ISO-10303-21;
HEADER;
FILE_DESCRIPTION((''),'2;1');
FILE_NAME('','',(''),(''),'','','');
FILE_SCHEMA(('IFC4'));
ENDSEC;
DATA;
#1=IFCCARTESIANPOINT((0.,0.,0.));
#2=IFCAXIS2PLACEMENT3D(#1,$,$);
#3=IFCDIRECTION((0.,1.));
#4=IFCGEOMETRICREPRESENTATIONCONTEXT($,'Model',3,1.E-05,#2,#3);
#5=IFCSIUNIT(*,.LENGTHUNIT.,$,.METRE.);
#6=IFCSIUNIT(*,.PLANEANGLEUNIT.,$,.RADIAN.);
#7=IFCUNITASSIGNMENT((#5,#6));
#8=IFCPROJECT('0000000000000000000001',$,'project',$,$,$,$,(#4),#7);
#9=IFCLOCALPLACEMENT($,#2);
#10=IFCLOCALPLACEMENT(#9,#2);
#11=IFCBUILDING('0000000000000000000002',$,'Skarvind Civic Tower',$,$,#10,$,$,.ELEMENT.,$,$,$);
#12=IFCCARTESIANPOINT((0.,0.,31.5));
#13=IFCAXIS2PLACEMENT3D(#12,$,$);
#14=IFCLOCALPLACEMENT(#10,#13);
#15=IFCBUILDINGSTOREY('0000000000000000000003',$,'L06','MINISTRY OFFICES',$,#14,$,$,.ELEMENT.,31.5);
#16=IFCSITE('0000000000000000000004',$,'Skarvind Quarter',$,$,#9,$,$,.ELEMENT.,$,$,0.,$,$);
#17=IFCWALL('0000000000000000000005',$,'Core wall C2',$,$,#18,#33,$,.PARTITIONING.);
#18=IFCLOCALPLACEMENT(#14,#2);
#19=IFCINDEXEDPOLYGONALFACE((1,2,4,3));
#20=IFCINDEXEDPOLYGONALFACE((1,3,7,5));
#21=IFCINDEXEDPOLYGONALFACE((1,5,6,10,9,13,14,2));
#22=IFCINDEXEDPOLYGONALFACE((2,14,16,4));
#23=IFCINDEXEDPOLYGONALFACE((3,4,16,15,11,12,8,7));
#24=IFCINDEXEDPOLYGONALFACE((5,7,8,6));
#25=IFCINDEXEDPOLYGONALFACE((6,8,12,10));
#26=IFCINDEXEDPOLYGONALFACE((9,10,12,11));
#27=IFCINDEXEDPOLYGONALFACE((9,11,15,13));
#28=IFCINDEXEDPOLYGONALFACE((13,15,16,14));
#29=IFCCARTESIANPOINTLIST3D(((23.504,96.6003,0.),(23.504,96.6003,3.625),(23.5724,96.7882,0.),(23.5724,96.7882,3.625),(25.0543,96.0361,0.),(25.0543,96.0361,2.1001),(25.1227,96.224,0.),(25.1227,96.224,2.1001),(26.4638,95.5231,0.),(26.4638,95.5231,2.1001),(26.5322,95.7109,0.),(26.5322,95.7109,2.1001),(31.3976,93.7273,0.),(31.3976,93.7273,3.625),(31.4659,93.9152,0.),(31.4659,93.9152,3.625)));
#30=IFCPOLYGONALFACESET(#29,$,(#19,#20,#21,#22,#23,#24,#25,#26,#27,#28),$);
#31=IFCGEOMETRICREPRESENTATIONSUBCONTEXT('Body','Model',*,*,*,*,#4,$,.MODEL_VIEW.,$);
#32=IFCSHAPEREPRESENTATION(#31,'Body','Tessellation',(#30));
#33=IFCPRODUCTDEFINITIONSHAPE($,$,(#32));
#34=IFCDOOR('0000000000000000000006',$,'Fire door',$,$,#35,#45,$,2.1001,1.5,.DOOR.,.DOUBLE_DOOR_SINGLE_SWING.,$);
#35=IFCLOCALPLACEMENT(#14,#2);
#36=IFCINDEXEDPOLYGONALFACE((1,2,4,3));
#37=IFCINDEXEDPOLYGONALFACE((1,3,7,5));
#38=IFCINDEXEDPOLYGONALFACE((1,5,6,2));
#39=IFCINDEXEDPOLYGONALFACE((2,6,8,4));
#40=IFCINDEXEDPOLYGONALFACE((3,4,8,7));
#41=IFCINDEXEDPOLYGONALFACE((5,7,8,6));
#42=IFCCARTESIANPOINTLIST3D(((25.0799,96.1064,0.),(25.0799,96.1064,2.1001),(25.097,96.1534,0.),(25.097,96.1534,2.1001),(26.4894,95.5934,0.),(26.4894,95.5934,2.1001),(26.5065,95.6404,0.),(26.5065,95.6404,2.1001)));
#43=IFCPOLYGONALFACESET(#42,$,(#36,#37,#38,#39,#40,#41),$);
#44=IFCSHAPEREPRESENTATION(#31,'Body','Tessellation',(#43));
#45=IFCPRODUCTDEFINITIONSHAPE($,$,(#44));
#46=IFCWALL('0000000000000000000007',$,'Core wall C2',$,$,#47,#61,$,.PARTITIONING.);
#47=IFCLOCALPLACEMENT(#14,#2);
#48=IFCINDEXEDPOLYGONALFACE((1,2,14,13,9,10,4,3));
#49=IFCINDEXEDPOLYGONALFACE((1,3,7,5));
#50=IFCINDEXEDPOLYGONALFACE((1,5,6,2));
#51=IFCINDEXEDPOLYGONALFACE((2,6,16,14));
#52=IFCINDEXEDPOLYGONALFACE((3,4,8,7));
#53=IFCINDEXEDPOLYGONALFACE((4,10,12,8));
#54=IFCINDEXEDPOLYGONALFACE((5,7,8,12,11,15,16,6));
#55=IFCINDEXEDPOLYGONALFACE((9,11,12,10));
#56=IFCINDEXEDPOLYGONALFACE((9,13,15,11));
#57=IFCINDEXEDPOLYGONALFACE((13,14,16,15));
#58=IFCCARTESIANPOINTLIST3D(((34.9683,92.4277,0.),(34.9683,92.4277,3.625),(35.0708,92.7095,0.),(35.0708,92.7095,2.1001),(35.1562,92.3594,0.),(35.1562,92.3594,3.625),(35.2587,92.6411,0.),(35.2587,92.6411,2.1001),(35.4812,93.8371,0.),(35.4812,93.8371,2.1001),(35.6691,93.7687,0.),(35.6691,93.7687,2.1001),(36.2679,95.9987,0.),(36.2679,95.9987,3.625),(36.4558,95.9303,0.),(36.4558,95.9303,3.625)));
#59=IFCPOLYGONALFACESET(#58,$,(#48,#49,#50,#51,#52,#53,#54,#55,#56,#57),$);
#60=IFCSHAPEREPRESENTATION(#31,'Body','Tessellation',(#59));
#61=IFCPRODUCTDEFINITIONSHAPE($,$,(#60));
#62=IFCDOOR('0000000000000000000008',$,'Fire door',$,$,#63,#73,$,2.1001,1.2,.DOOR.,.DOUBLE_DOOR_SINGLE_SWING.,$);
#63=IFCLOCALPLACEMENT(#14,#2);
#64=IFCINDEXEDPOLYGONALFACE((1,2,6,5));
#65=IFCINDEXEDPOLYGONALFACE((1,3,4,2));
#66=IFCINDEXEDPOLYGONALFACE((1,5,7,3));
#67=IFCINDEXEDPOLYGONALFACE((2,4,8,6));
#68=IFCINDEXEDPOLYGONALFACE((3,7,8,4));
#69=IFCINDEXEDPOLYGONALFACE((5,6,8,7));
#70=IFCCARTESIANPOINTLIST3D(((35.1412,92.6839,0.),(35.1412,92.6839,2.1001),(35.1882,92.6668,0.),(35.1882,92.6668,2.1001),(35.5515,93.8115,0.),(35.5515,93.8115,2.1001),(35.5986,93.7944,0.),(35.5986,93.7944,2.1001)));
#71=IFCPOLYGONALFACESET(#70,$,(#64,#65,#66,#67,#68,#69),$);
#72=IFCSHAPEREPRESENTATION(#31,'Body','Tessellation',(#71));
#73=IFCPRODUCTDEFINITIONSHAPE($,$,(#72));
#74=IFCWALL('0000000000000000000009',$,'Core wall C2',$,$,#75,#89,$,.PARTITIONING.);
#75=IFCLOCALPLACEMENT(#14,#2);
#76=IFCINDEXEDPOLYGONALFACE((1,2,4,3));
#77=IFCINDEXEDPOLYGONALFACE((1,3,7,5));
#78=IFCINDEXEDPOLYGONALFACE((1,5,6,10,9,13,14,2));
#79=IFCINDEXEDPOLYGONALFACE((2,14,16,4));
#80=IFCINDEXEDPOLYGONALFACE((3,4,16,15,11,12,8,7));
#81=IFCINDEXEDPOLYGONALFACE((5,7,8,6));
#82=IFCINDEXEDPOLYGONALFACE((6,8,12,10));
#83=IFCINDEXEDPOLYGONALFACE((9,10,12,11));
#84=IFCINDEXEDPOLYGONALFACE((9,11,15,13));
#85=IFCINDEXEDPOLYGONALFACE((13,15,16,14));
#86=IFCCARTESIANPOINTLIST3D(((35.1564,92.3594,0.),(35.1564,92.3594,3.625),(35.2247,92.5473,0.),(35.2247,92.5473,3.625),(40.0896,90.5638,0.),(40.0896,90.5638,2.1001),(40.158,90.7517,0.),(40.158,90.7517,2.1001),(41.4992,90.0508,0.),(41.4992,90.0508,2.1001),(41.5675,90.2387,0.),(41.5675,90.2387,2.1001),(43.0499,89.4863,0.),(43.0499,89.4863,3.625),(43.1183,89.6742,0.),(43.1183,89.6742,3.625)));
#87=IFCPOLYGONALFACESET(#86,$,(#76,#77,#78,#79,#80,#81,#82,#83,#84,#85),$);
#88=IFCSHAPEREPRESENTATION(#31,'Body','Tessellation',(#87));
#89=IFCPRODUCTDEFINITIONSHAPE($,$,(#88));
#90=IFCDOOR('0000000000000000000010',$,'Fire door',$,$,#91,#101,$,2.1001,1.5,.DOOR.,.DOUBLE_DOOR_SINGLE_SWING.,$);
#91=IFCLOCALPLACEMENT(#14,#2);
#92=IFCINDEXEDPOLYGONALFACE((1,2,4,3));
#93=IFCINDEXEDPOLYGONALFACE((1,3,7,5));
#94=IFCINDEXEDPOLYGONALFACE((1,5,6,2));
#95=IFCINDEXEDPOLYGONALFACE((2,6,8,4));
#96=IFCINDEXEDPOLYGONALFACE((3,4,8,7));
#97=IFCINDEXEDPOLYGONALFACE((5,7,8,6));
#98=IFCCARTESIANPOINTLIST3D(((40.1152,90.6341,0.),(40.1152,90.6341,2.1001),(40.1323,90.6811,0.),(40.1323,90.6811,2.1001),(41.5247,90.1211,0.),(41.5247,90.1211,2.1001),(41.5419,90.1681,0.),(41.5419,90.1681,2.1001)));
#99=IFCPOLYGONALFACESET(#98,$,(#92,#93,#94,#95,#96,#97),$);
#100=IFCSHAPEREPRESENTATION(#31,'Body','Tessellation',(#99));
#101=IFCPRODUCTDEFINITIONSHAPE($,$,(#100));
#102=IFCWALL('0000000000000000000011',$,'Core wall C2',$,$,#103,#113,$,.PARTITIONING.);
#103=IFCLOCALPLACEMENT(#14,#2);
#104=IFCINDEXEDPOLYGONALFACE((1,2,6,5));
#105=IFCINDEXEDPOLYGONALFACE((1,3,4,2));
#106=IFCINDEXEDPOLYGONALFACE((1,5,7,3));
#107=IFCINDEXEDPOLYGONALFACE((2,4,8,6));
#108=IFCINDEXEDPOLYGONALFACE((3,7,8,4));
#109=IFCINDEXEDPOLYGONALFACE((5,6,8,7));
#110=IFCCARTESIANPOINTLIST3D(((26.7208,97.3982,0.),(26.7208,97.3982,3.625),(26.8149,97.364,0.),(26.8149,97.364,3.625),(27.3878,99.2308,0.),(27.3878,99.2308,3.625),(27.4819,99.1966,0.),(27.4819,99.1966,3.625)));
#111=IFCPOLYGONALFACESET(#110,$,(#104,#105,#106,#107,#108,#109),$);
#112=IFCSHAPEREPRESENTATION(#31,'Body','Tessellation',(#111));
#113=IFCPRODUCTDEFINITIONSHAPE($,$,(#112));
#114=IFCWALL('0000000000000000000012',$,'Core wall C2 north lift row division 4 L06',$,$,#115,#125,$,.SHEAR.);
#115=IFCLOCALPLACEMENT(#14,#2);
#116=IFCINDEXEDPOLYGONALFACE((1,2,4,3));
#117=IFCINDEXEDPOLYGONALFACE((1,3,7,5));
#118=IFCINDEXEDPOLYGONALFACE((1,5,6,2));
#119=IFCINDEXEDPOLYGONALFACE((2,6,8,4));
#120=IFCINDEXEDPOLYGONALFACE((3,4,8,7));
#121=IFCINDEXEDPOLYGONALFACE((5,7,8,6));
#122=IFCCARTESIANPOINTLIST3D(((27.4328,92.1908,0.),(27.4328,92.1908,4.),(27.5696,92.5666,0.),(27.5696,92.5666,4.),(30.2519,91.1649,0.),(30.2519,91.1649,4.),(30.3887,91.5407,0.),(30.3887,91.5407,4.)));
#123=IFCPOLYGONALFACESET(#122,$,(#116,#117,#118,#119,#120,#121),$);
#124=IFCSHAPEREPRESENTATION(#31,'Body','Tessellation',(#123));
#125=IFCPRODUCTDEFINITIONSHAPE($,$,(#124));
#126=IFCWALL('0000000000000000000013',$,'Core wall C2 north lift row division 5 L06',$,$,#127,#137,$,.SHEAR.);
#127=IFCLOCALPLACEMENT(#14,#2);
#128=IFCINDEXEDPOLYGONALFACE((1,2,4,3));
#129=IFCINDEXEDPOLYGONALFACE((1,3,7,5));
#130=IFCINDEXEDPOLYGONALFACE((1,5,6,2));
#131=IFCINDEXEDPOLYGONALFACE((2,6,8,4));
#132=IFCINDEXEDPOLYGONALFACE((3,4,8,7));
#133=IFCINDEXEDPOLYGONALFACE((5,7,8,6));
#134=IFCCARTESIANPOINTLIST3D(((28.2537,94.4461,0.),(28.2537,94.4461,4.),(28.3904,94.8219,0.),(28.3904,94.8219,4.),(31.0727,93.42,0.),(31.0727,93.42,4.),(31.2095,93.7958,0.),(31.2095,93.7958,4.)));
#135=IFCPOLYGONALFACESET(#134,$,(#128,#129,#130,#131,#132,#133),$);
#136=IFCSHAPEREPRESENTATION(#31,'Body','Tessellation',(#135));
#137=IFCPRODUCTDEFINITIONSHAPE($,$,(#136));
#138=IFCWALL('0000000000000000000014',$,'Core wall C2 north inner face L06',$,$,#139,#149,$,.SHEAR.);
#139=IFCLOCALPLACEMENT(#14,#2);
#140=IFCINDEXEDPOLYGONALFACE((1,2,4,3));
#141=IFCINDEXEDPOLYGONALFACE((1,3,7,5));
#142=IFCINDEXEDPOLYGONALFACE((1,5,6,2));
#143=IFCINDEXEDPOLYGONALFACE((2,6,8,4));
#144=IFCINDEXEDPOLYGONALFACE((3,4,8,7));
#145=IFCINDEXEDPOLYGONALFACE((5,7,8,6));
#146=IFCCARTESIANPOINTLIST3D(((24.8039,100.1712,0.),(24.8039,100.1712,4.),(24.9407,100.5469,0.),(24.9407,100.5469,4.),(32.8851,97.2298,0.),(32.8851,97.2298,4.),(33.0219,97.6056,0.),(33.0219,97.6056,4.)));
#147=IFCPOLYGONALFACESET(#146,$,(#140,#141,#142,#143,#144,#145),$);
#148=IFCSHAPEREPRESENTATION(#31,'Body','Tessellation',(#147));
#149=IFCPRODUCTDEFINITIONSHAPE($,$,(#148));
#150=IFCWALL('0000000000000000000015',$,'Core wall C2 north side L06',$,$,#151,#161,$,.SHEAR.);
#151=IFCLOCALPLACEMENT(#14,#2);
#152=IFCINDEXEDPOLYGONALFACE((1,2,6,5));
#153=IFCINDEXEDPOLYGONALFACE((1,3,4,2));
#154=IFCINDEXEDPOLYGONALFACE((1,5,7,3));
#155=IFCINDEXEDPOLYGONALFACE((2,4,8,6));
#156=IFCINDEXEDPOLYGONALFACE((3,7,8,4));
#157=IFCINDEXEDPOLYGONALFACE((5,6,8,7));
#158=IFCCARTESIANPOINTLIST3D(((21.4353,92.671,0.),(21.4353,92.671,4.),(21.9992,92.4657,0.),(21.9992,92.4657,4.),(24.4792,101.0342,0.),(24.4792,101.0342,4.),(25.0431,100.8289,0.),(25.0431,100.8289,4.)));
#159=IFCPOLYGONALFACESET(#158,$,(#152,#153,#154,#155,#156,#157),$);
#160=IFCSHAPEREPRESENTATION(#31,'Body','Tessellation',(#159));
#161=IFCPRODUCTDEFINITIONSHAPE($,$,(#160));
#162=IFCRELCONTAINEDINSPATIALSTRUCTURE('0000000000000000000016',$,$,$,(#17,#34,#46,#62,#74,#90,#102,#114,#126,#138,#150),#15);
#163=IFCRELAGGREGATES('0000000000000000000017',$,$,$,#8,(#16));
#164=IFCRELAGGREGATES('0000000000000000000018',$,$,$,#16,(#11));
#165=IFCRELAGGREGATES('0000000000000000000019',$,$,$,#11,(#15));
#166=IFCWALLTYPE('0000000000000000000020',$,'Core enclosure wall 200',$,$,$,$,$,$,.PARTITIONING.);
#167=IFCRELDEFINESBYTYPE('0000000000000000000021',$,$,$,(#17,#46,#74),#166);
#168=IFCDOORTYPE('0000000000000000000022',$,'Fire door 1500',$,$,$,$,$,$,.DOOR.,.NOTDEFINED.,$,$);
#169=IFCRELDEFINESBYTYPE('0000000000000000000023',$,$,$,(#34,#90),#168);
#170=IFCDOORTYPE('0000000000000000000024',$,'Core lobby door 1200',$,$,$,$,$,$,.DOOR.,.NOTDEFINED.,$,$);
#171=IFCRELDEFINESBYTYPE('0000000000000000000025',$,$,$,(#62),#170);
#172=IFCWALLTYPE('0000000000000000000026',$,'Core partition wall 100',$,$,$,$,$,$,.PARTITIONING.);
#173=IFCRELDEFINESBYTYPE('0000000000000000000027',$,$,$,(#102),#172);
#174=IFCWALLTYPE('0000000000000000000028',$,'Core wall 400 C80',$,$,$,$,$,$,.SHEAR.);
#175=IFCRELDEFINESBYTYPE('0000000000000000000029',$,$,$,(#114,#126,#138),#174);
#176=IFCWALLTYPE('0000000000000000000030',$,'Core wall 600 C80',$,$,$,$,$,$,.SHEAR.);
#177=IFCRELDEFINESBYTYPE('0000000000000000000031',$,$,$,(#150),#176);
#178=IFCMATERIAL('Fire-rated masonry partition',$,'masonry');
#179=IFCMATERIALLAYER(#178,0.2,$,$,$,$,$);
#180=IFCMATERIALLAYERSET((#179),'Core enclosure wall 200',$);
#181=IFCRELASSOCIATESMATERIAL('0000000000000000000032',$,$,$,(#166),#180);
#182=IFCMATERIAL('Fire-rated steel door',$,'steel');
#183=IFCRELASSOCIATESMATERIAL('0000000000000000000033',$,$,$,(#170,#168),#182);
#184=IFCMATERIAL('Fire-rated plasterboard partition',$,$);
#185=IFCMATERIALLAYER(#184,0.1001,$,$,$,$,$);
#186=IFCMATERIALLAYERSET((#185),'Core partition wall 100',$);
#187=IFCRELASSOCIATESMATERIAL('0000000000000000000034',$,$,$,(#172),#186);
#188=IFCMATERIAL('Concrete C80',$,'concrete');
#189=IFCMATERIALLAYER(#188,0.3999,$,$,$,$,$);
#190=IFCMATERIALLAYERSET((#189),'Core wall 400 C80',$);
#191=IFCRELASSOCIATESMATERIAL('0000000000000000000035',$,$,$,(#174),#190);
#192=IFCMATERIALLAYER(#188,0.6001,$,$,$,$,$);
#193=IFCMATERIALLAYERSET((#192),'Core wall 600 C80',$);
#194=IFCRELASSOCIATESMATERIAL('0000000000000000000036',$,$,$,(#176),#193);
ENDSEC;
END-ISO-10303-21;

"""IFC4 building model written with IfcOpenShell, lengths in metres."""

from ifc_helpers import new_model, si_unit, direction, frame, frame_2d, origin, place, context, subcontext, project, spatial, rectangle, extrude, material, layer, layer_set, type_object, element, fill, save


model = new_model("IFC4")

# Units and contexts
model_context = context("Model", 3, precision=1e-05, world=origin(), true_north=direction((0.0, 1.0)))
body_context = subcontext(model_context, "Body", "Model", "MODEL_VIEW")
ifc_project = project(units=[si_unit("LENGTHUNIT", "METRE"), si_unit("PLANEANGLEUNIT", "RADIAN")], contexts=[model_context])

# Site, building, storey
site_placement = place(None, origin())
site = spatial("IfcSite", under=ifc_project, at=site_placement, Name="Skarvind Quarter", CompositionType="ELEMENT", RefElevation=0.0)
building_placement = place(site_placement, origin())
building = spatial("IfcBuilding", under=site, at=building_placement, Name="Skarvind Civic Tower", CompositionType="ELEMENT")
storey_placement = place(building_placement, frame((0.0, 0.0, 31.5)))
storey = spatial("IfcBuildingStorey", under=building, at=storey_placement, Name="L06", Description="MINISTRY OFFICES", CompositionType="ELEMENT", Elevation=31.5)

# Walls, openings, doors
ifc_material_1 = material(Name="Fire-rated masonry partition", Category="masonry")
ifc_layer_1 = layer(ifc_material_1, 0.2)
ifc_layer_set_1 = layer_set([ifc_layer_1], Name="Core enclosure wall 200")
wall_type_1 = type_object("IfcWallType", Name="Core enclosure wall 200", PredefinedType="PARTITIONING", material=ifc_layer_set_1)
ifc_material_2 = material(Name="Fire-rated steel door", Category="steel")
door_type_1 = type_object("IfcDoorType", Name="Core lobby door 1200", OperationType="NOTDEFINED", PredefinedType="DOOR", material=ifc_material_2)
wall_1_placement = place(storey_placement, frame((23.5381, 96.6943, 0.0), z_axis=(0.0, 0.0, 1.0), x_axis=(0.939692, -0.342023, 0.0)))
wall_1 = element("IfcWall", 1, at=wall_1_placement, inside=storey, type_object=wall_type_1, Name="Core wall C2", PredefinedType="PARTITIONING", context=body_context, shape_type="SweptSolid", body=[
    extrude(rectangle(XDim=8.4001, YDim=0.2, at=frame_2d((4.2002, 0.0))), origin(), (0.0, 0.0, 1.0), 3.625),
])
opening_1_placement = place(wall_1_placement, frame((1.6499, 0.0, 0.0)))
opening_1 = element("IfcOpeningElement", 2, at=opening_1_placement, cuts=wall_1, PredefinedType="OPENING", context=body_context, shape_type="SweptSolid", body=[
    extrude(rectangle(XDim=1.5, YDim=2.1001, at=frame_2d((0.75, 1.05))), frame((0.0, 0.1099, 0.0), z_axis=(0.0, -1.0, 0.0), x_axis=(1.0, 0.0, 0.0)), (0.0, 0.0, 1.0), 0.22),
])
door_type_2 = type_object("IfcDoorType", Name="Fire door 1500", OperationType="NOTDEFINED", PredefinedType="DOOR", material=ifc_material_2)
door_1_placement = place(opening_1_placement, origin())
door_1 = element("IfcDoor", 3, at=door_1_placement, inside=storey, type_object=door_type_2, Name="Fire door", OperationType="DOUBLE_DOOR_SINGLE_SWING", OverallHeight=2.1001, OverallWidth=1.5, PredefinedType="DOOR", context=body_context, shape_type="SweptSolid", body=[
    extrude(rectangle(XDim=1.5, YDim=2.1001, at=frame_2d((0.75, 1.05))), frame((0.0, 0.0249, 0.0), z_axis=(0.0, -1.0, 0.0), x_axis=(1.0, 0.0, 0.0)), (0.0, 0.0, 1.0), 0.05),
])
fill(opening_1, door_1)
wall_2_placement = place(storey_placement, frame((36.3618, 95.9644, 0.0), z_axis=(0.0, 0.0, 1.0), x_axis=(-0.341996, -0.939701, 0.0)))
wall_2 = element("IfcWall", 4, at=wall_2_placement, inside=storey, type_object=wall_type_1, Name="Core wall C2", PredefinedType="PARTITIONING", context=body_context, shape_type="SweptSolid", body=[
    extrude(rectangle(XDim=3.8, YDim=0.2, at=frame_2d((1.8999, 0.0))), origin(), (0.0, 0.0, 1.0), 3.625),
])
opening_2_placement = place(wall_2_placement, frame((2.3, 0.0, 0.0)))
opening_2 = element("IfcOpeningElement", 5, at=opening_2_placement, cuts=wall_2, PredefinedType="OPENING", context=body_context, shape_type="SweptSolid", body=[
    extrude(rectangle(XDim=1.2, YDim=2.1001, at=frame_2d((0.6001, 1.05))), frame((0.0, 0.1099, 0.0), z_axis=(0.0, -1.0, 0.0), x_axis=(1.0, 0.0, 0.0)), (0.0, 0.0, 1.0), 0.22),
])
door_2_placement = place(opening_2_placement, origin())
door_2 = element("IfcDoor", 6, at=door_2_placement, inside=storey, type_object=door_type_1, Name="Fire door", OperationType="DOUBLE_DOOR_SINGLE_SWING", OverallHeight=2.1001, OverallWidth=1.2, PredefinedType="DOOR", context=body_context, shape_type="SweptSolid", body=[
    extrude(rectangle(XDim=1.2, YDim=2.1001, at=frame_2d((0.6001, 1.05))), frame((0.0, 0.0249, 0.0), z_axis=(0.0, -1.0, 0.0), x_axis=(1.0, 0.0, 0.0)), (0.0, 0.0, 1.0), 0.05),
])
fill(opening_2, door_2)
wall_3_placement = place(storey_placement, frame((35.1904, 92.4534, 0.0), z_axis=(0.0, 0.0, 1.0), x_axis=(0.939692, -0.342023, 0.0)))
wall_3 = element("IfcWall", 7, at=wall_3_placement, inside=storey, type_object=wall_type_1, Name="Core wall C2", PredefinedType="PARTITIONING", context=body_context, shape_type="SweptSolid", body=[
    extrude(rectangle(XDim=8.4001, YDim=0.2, at=frame_2d((4.2002, 0.0))), origin(), (0.0, 0.0, 1.0), 3.625),
])
opening_3_placement = place(wall_3_placement, frame((5.25, 0.0, 0.0)))
opening_3 = element("IfcOpeningElement", 8, at=opening_3_placement, cuts=wall_3, PredefinedType="OPENING", context=body_context, shape_type="SweptSolid", body=[
    extrude(rectangle(XDim=1.5, YDim=2.1001, at=frame_2d((0.75, 1.05))), frame((0.0, 0.1099, 0.0), z_axis=(0.0, -1.0, 0.0), x_axis=(1.0, 0.0, 0.0)), (0.0, 0.0, 1.0), 0.22),
])
door_3_placement = place(opening_3_placement, origin())
door_3 = element("IfcDoor", 9, at=door_3_placement, inside=storey, type_object=door_type_2, Name="Fire door", OperationType="DOUBLE_DOOR_SINGLE_SWING", OverallHeight=2.1001, OverallWidth=1.5, PredefinedType="DOOR", context=body_context, shape_type="SweptSolid", body=[
    extrude(rectangle(XDim=1.5, YDim=2.1001, at=frame_2d((0.75, 1.05))), frame((0.0, 0.0249, 0.0), z_axis=(0.0, -1.0, 0.0), x_axis=(1.0, 0.0, 0.0)), (0.0, 0.0, 1.0), 0.05),
])
fill(opening_3, door_3)

# Walls
ifc_material_3 = material(Name="Fire-rated plasterboard partition")
ifc_layer_2 = layer(ifc_material_3, 0.1001)
ifc_layer_set_2 = layer_set([ifc_layer_2], Name="Core partition wall 100")
wall_type_2 = type_object("IfcWallType", Name="Core partition wall 100", PredefinedType="PARTITIONING", material=ifc_layer_set_2)
wall_4_placement = place(storey_placement, frame((26.7678, 97.3811, 0.0), z_axis=(0.0, 0.0, 1.0), x_axis=(0.342025, 0.939691, 0.0)))
element("IfcWall", 10, at=wall_4_placement, inside=storey, type_object=wall_type_2, Name="Core wall C2", PredefinedType="PARTITIONING", context=body_context, shape_type="SweptSolid", body=[
    extrude(rectangle(XDim=1.9502, YDim=0.1001, at=frame_2d((0.9751, 0.0))), origin(), (0.0, 0.0, 1.0), 3.625),
])
ifc_material_4 = material(Name="Concrete C80", Category="concrete")
ifc_layer_3 = layer(ifc_material_4, 0.3999)
ifc_layer_set_3 = layer_set([ifc_layer_3], Name="Core wall 400 C80")
wall_type_3 = type_object("IfcWallType", Name="Core wall 400 C80", PredefinedType="SHEAR", material=ifc_layer_set_3)
for number, where, z_axis, x_axis, name in (
    (11, (30.3203, 91.3528, 0.0), (0.0, 0.0, 1.0), (-0.939713, 0.341965, 0.0), "Core wall C2 north lift row division 4 L06"),
    (12, (31.1411, 93.6079, 0.0), (0.0, 0.0, 1.0), (-0.939686, 0.342037, 0.0), "Core wall C2 north lift row division 5 L06"),
):
    element("IfcWall", number, at=place(storey_placement, frame(where, z_axis=z_axis, x_axis=x_axis)), inside=storey, type_object=wall_type_3, Name=name, PredefinedType="SHEAR", context=body_context, shape_type="SweptSolid", body=[
        extrude(rectangle(XDim=3.0, YDim=0.3999, at=frame_2d((1.5, 0.0))), origin(), (0.0, 0.0, 1.0), 4.0),
    ])
wall_5_placement = place(storey_placement, frame((32.9534, 97.4177, 0.0), z_axis=(0.0, 0.0, 1.0), x_axis=(-0.939691, 0.342026, 0.0)))
element("IfcWall", 13, at=wall_5_placement, inside=storey, type_object=wall_type_3, Name="Core wall C2 north inner face L06", PredefinedType="SHEAR", context=body_context, shape_type="SweptSolid", body=[
    extrude(rectangle(XDim=8.5999, YDim=0.3999, at=frame_2d((4.2998, 0.0))), origin(), (0.0, 0.0, 1.0), 4.0),
])
ifc_layer_4 = layer(ifc_material_4, 0.6001)
ifc_layer_set_4 = layer_set([ifc_layer_4], Name="Core wall 600 C80")
wall_type_4 = type_object("IfcWallType", Name="Core wall 600 C80", PredefinedType="SHEAR", material=ifc_layer_set_4)
wall_6_placement = place(storey_placement, frame((21.7173, 92.5684, 0.0), z_axis=(0.0, 0.0, 1.0), x_axis=(0.342016, 0.939694, 0.0)))
element("IfcWall", 14, at=wall_6_placement, inside=storey, type_object=wall_type_4, Name="Core wall C2 north side L06", PredefinedType="SHEAR", context=body_context, shape_type="SweptSolid", body=[
    extrude(rectangle(XDim=8.8999, YDim=0.6001, at=frame_2d((4.45, 0.0))), origin(), (0.0, 0.0, 1.0), 4.0),
])

save(model, "model.ifc")
